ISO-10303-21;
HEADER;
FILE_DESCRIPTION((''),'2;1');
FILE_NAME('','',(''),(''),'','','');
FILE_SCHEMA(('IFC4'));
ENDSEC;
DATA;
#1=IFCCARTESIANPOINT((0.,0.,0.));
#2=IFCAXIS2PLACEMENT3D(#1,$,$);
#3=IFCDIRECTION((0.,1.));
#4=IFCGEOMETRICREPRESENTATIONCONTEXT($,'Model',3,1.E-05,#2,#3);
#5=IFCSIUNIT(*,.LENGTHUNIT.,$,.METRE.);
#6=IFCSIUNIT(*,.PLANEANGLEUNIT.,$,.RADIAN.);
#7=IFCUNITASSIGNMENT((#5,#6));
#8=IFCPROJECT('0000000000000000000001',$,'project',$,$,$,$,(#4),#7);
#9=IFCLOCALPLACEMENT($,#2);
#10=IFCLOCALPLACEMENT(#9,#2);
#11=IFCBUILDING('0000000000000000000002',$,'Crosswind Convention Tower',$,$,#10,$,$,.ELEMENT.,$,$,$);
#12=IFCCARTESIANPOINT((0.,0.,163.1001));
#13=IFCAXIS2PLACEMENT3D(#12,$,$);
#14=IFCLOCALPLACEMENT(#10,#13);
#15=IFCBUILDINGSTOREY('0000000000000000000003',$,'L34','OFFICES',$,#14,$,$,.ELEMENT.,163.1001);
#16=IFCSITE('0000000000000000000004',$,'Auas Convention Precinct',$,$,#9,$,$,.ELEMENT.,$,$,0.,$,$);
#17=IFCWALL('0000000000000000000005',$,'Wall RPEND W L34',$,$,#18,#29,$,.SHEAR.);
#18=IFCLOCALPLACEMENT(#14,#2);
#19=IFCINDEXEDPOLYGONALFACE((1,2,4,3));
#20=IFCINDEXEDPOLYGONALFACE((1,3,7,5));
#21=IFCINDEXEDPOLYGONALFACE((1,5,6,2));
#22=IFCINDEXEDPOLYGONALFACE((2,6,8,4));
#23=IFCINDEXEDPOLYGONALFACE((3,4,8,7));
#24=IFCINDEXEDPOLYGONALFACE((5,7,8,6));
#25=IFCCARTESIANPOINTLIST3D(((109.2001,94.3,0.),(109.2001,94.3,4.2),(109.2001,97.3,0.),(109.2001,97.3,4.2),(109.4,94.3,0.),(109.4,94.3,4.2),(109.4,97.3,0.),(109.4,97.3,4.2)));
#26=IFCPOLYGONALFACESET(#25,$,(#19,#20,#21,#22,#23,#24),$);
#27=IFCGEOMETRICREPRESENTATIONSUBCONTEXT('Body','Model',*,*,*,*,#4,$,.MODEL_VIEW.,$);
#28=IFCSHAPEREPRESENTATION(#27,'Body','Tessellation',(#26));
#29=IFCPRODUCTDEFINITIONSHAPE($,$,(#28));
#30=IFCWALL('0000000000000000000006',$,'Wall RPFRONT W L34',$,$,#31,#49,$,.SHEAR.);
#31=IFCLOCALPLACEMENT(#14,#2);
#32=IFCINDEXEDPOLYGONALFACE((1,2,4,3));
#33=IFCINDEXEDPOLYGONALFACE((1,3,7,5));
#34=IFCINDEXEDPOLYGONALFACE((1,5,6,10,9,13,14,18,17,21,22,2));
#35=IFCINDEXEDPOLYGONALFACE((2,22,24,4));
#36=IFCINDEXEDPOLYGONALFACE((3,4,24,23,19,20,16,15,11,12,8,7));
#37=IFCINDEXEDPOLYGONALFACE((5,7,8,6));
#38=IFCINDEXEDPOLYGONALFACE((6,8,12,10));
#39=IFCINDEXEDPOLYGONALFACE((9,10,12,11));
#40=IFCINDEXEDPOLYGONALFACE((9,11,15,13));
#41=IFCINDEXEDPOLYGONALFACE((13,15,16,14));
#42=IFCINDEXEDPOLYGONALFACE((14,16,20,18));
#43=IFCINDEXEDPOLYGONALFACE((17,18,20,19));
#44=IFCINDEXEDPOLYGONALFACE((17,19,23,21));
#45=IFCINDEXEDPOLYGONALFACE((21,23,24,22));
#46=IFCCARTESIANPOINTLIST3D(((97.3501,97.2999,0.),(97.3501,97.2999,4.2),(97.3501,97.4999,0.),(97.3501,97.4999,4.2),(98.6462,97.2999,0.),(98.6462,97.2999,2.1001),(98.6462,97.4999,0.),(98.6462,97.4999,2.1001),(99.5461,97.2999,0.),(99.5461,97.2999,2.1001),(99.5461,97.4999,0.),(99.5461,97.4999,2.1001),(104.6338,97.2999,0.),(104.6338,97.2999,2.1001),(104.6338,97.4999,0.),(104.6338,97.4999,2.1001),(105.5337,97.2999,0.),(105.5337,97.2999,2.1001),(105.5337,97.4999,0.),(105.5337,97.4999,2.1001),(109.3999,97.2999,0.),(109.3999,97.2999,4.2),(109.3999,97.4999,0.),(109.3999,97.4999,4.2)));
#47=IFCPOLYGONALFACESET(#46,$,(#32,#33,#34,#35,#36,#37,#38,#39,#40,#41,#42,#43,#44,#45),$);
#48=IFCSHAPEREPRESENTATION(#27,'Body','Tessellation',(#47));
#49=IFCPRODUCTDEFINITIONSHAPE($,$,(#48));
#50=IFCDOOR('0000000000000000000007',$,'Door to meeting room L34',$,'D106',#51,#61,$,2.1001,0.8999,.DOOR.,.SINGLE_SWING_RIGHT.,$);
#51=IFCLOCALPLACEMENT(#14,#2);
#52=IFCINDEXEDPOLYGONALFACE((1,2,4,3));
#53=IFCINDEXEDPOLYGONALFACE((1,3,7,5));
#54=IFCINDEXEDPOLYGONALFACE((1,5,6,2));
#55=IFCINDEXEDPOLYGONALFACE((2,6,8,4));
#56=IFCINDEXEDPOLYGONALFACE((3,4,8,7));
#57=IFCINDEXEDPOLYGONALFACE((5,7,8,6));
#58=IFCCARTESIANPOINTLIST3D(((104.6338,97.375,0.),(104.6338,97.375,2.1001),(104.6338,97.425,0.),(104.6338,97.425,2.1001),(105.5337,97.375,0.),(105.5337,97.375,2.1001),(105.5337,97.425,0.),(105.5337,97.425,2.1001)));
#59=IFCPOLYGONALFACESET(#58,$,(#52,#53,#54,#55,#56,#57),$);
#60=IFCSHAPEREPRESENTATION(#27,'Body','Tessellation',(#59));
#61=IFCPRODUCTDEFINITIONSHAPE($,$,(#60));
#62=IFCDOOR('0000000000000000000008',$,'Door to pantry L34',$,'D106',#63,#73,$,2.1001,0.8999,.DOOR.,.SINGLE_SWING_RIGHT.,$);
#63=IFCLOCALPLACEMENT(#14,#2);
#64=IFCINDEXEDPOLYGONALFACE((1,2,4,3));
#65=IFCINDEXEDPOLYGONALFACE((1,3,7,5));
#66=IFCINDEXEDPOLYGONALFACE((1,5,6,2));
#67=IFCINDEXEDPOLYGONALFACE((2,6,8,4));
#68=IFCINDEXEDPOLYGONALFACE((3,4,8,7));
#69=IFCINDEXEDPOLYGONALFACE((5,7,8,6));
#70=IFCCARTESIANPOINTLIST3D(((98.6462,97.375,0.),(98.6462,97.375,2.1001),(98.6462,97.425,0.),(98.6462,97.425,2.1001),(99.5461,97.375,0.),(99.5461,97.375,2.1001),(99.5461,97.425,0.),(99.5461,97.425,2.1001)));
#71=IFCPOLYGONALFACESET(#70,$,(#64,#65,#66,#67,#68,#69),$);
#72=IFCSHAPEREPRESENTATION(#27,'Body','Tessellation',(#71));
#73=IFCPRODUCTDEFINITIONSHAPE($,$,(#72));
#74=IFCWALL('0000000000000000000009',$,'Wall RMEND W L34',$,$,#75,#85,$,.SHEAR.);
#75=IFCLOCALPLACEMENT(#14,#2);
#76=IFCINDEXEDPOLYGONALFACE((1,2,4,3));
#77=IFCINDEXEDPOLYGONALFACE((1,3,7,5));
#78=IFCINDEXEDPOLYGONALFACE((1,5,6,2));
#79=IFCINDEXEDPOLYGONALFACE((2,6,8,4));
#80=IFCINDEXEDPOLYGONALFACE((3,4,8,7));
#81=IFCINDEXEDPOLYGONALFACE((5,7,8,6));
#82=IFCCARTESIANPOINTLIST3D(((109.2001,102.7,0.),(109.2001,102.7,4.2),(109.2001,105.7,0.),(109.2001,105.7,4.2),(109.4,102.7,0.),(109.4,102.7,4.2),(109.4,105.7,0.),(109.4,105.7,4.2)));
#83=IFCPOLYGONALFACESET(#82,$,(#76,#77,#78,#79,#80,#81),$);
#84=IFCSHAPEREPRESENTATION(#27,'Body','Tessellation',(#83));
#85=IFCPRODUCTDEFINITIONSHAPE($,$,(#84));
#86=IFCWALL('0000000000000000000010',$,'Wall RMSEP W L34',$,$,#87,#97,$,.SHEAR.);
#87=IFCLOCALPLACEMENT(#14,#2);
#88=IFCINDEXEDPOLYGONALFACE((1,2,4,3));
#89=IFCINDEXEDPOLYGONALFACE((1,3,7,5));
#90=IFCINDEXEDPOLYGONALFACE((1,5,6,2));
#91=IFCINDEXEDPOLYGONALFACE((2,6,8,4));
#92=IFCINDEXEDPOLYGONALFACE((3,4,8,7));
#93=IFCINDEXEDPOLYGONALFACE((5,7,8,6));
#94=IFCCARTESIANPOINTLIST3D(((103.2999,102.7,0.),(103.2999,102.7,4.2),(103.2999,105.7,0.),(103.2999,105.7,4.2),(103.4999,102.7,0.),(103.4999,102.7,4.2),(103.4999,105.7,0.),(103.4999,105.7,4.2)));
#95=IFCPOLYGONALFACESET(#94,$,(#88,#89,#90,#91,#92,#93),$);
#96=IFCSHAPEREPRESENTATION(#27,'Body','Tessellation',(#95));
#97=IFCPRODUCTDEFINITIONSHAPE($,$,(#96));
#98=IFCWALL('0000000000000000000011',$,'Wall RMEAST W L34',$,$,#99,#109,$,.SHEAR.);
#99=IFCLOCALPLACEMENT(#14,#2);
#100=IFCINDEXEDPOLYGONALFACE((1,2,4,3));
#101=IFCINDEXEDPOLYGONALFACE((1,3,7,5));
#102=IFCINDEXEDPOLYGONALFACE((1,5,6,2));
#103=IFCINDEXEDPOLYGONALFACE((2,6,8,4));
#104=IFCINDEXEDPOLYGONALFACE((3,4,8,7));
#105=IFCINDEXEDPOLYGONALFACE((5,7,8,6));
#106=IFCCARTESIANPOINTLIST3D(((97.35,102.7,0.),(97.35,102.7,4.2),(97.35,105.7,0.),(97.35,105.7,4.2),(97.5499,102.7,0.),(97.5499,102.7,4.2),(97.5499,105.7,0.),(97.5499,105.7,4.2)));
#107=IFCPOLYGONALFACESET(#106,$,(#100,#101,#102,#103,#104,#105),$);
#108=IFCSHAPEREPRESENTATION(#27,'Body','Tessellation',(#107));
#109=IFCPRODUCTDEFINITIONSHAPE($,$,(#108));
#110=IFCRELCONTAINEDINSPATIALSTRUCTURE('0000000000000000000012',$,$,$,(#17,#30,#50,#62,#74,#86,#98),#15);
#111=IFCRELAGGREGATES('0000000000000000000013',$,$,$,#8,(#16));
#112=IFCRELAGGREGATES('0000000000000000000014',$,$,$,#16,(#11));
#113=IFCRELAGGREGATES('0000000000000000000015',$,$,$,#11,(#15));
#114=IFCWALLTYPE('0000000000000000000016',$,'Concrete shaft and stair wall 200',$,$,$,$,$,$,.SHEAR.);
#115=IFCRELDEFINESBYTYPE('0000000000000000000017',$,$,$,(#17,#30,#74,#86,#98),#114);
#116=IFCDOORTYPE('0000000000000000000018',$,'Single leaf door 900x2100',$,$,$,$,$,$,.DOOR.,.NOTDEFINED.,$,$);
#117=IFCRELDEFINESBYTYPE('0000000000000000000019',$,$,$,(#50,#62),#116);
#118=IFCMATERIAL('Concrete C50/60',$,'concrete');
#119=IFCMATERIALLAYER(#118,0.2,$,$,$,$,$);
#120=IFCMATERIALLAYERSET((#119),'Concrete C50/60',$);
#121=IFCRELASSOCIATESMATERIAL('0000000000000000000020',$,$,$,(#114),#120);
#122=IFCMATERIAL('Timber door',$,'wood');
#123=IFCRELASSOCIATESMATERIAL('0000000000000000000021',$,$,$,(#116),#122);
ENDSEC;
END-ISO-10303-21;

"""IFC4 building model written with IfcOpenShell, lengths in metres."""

from ifc_helpers import new_model, si_unit, direction, frame, frame_2d, origin, place, context, subcontext, project, spatial, rectangle, extrude, material, layer, layer_set, type_object, element, fill, save


model = new_model("IFC4")

# Units and contexts
model_context = context("Model", 3, precision=1e-05, world=origin(), true_north=direction((0.0, 1.0)))
body_context = subcontext(model_context, "Body", "Model", "MODEL_VIEW")
ifc_project = project(units=[si_unit("LENGTHUNIT", "METRE"), si_unit("PLANEANGLEUNIT", "RADIAN")], contexts=[model_context])

# Site, building, storey
site_placement = place(None, origin())
site = spatial("IfcSite", under=ifc_project, at=site_placement, Name="Auas Convention Precinct", CompositionType="ELEMENT", RefElevation=0.0)
building_placement = place(site_placement, origin())
building = spatial("IfcBuilding", under=site, at=building_placement, Name="Crosswind Convention Tower", CompositionType="ELEMENT")
storey_placement = place(building_placement, frame((0.0, 0.0, 163.1001)))
storey = spatial("IfcBuildingStorey", under=building, at=storey_placement, Name="L34", Description="OFFICES", CompositionType="ELEMENT", Elevation=163.1001)

# Wall
ifc_material_1 = material(Name="Concrete C50/60", Category="concrete")
ifc_layer_1 = layer(ifc_material_1, 0.2)
ifc_layer_set_1 = layer_set([ifc_layer_1], Name="Concrete C50/60")
wall_type_1 = type_object("IfcWallType", Name="Concrete shaft and stair wall 200", PredefinedType="SHEAR", material=ifc_layer_set_1)
wall_1_placement = place(storey_placement, frame((109.3, 97.3, 0.0), z_axis=(0.0, 0.0, 1.0), x_axis=(0.0, -1.0, 0.0)))
element("IfcWall", 1, at=wall_1_placement, inside=storey, type_object=wall_type_1, Name="Wall RPEND W L34", PredefinedType="SHEAR", context=body_context, shape_type="SweptSolid", body=[
    extrude(rectangle(XDim=3.0, YDim=0.2, at=frame_2d((1.5, 0.0))), origin(), (0.0, 0.0, 1.0), 4.2),
])

# Wall, openings, doors
wall_2_placement = place(storey_placement, frame((109.3999, 97.3999, 0.0), z_axis=(0.0, 0.0, 1.0), x_axis=(-1.0, 0.0, 0.0)))
wall_2 = element("IfcWall", 2, at=wall_2_placement, inside=storey, type_object=wall_type_1, Name="Wall RPFRONT W L34", PredefinedType="SHEAR", context=body_context, shape_type="SweptSolid", body=[
    extrude(rectangle(XDim=12.0498, YDim=0.2, at=frame_2d((6.0249, 0.0))), origin(), (0.0, 0.0, 1.0), 4.2),
])
opening_1_placement = place(wall_2_placement, frame((3.8662, 0.0, 0.0)))
opening_1 = element("IfcOpeningElement", 3, at=opening_1_placement, cuts=wall_2, PredefinedType="OPENING", context=body_context, shape_type="SweptSolid", body=[
    extrude(rectangle(XDim=0.8999, YDim=2.1001, at=frame_2d((0.45, 1.05))), frame((0.0, 0.1099, 0.0), z_axis=(0.0, -1.0, 0.0), x_axis=(1.0, 0.0, 0.0)), (0.0, 0.0, 1.0), 0.22),
])
opening_2_placement = place(wall_2_placement, frame((9.8538, 0.0, 0.0)))
opening_2 = element("IfcOpeningElement", 4, at=opening_2_placement, cuts=wall_2, PredefinedType="OPENING", context=body_context, shape_type="SweptSolid", body=[
    extrude(rectangle(XDim=0.8999, YDim=2.1001, at=frame_2d((0.45, 1.05))), frame((0.0, 0.1099, 0.0), z_axis=(0.0, -1.0, 0.0), x_axis=(1.0, 0.0, 0.0)), (0.0, 0.0, 1.0), 0.22),
])
ifc_material_2 = material(Name="Timber door", Category="wood")
door_type_1 = type_object("IfcDoorType", Name="Single leaf door 900x2100", OperationType="NOTDEFINED", PredefinedType="DOOR", material=ifc_material_2)
door_1_placement = place(opening_1_placement, origin())
door_1 = element("IfcDoor", 5, at=door_1_placement, inside=storey, type_object=door_type_1, Name="Door to meeting room L34", ObjectType="D106", OperationType="SINGLE_SWING_RIGHT", OverallHeight=2.1001, OverallWidth=0.8999, PredefinedType="DOOR", context=body_context, shape_type="SweptSolid", body=[
    extrude(rectangle(XDim=0.8999, YDim=2.1001, at=frame_2d((0.45, 1.05))), frame((0.0, 0.0249, 0.0), z_axis=(0.0, -1.0, 0.0), x_axis=(1.0, 0.0, 0.0)), (0.0, 0.0, 1.0), 0.05),
])
fill(opening_1, door_1)
door_2_placement = place(opening_2_placement, origin())
door_2 = element("IfcDoor", 6, at=door_2_placement, inside=storey, type_object=door_type_1, Name="Door to pantry L34", ObjectType="D106", OperationType="SINGLE_SWING_RIGHT", OverallHeight=2.1001, OverallWidth=0.8999, PredefinedType="DOOR", context=body_context, shape_type="SweptSolid", body=[
    extrude(rectangle(XDim=0.8999, YDim=2.1001, at=frame_2d((0.45, 1.05))), frame((0.0, 0.0249, 0.0), z_axis=(0.0, -1.0, 0.0), x_axis=(1.0, 0.0, 0.0)), (0.0, 0.0, 1.0), 0.05),
])
fill(opening_2, door_2)

# Walls
for number, where, z_axis, x_axis, name in (
    (7, (109.3, 105.7, 0.0), (0.0, 0.0, 1.0), (0.0, -1.0, 0.0), "Wall RMEND W L34"),
    (8, (103.3999, 105.7, 0.0), (0.0, 0.0, 1.0), (0.0, -1.0, 0.0), "Wall RMSEP W L34"),
    (9, (97.45, 105.7, 0.0), (0.0, 0.0, 1.0), (0.0, -1.0, 0.0), "Wall RMEAST W L34"),
):
    element("IfcWall", number, at=place(storey_placement, frame(where, z_axis=z_axis, x_axis=x_axis)), inside=storey, type_object=wall_type_1, Name=name, PredefinedType="SHEAR", context=body_context, shape_type="SweptSolid", body=[
        extrude(rectangle(XDim=3.0, YDim=0.2, at=frame_2d((1.5, 0.0))), origin(), (0.0, 0.0, 1.0), 4.2),
    ])

save(model, "model.ifc")
